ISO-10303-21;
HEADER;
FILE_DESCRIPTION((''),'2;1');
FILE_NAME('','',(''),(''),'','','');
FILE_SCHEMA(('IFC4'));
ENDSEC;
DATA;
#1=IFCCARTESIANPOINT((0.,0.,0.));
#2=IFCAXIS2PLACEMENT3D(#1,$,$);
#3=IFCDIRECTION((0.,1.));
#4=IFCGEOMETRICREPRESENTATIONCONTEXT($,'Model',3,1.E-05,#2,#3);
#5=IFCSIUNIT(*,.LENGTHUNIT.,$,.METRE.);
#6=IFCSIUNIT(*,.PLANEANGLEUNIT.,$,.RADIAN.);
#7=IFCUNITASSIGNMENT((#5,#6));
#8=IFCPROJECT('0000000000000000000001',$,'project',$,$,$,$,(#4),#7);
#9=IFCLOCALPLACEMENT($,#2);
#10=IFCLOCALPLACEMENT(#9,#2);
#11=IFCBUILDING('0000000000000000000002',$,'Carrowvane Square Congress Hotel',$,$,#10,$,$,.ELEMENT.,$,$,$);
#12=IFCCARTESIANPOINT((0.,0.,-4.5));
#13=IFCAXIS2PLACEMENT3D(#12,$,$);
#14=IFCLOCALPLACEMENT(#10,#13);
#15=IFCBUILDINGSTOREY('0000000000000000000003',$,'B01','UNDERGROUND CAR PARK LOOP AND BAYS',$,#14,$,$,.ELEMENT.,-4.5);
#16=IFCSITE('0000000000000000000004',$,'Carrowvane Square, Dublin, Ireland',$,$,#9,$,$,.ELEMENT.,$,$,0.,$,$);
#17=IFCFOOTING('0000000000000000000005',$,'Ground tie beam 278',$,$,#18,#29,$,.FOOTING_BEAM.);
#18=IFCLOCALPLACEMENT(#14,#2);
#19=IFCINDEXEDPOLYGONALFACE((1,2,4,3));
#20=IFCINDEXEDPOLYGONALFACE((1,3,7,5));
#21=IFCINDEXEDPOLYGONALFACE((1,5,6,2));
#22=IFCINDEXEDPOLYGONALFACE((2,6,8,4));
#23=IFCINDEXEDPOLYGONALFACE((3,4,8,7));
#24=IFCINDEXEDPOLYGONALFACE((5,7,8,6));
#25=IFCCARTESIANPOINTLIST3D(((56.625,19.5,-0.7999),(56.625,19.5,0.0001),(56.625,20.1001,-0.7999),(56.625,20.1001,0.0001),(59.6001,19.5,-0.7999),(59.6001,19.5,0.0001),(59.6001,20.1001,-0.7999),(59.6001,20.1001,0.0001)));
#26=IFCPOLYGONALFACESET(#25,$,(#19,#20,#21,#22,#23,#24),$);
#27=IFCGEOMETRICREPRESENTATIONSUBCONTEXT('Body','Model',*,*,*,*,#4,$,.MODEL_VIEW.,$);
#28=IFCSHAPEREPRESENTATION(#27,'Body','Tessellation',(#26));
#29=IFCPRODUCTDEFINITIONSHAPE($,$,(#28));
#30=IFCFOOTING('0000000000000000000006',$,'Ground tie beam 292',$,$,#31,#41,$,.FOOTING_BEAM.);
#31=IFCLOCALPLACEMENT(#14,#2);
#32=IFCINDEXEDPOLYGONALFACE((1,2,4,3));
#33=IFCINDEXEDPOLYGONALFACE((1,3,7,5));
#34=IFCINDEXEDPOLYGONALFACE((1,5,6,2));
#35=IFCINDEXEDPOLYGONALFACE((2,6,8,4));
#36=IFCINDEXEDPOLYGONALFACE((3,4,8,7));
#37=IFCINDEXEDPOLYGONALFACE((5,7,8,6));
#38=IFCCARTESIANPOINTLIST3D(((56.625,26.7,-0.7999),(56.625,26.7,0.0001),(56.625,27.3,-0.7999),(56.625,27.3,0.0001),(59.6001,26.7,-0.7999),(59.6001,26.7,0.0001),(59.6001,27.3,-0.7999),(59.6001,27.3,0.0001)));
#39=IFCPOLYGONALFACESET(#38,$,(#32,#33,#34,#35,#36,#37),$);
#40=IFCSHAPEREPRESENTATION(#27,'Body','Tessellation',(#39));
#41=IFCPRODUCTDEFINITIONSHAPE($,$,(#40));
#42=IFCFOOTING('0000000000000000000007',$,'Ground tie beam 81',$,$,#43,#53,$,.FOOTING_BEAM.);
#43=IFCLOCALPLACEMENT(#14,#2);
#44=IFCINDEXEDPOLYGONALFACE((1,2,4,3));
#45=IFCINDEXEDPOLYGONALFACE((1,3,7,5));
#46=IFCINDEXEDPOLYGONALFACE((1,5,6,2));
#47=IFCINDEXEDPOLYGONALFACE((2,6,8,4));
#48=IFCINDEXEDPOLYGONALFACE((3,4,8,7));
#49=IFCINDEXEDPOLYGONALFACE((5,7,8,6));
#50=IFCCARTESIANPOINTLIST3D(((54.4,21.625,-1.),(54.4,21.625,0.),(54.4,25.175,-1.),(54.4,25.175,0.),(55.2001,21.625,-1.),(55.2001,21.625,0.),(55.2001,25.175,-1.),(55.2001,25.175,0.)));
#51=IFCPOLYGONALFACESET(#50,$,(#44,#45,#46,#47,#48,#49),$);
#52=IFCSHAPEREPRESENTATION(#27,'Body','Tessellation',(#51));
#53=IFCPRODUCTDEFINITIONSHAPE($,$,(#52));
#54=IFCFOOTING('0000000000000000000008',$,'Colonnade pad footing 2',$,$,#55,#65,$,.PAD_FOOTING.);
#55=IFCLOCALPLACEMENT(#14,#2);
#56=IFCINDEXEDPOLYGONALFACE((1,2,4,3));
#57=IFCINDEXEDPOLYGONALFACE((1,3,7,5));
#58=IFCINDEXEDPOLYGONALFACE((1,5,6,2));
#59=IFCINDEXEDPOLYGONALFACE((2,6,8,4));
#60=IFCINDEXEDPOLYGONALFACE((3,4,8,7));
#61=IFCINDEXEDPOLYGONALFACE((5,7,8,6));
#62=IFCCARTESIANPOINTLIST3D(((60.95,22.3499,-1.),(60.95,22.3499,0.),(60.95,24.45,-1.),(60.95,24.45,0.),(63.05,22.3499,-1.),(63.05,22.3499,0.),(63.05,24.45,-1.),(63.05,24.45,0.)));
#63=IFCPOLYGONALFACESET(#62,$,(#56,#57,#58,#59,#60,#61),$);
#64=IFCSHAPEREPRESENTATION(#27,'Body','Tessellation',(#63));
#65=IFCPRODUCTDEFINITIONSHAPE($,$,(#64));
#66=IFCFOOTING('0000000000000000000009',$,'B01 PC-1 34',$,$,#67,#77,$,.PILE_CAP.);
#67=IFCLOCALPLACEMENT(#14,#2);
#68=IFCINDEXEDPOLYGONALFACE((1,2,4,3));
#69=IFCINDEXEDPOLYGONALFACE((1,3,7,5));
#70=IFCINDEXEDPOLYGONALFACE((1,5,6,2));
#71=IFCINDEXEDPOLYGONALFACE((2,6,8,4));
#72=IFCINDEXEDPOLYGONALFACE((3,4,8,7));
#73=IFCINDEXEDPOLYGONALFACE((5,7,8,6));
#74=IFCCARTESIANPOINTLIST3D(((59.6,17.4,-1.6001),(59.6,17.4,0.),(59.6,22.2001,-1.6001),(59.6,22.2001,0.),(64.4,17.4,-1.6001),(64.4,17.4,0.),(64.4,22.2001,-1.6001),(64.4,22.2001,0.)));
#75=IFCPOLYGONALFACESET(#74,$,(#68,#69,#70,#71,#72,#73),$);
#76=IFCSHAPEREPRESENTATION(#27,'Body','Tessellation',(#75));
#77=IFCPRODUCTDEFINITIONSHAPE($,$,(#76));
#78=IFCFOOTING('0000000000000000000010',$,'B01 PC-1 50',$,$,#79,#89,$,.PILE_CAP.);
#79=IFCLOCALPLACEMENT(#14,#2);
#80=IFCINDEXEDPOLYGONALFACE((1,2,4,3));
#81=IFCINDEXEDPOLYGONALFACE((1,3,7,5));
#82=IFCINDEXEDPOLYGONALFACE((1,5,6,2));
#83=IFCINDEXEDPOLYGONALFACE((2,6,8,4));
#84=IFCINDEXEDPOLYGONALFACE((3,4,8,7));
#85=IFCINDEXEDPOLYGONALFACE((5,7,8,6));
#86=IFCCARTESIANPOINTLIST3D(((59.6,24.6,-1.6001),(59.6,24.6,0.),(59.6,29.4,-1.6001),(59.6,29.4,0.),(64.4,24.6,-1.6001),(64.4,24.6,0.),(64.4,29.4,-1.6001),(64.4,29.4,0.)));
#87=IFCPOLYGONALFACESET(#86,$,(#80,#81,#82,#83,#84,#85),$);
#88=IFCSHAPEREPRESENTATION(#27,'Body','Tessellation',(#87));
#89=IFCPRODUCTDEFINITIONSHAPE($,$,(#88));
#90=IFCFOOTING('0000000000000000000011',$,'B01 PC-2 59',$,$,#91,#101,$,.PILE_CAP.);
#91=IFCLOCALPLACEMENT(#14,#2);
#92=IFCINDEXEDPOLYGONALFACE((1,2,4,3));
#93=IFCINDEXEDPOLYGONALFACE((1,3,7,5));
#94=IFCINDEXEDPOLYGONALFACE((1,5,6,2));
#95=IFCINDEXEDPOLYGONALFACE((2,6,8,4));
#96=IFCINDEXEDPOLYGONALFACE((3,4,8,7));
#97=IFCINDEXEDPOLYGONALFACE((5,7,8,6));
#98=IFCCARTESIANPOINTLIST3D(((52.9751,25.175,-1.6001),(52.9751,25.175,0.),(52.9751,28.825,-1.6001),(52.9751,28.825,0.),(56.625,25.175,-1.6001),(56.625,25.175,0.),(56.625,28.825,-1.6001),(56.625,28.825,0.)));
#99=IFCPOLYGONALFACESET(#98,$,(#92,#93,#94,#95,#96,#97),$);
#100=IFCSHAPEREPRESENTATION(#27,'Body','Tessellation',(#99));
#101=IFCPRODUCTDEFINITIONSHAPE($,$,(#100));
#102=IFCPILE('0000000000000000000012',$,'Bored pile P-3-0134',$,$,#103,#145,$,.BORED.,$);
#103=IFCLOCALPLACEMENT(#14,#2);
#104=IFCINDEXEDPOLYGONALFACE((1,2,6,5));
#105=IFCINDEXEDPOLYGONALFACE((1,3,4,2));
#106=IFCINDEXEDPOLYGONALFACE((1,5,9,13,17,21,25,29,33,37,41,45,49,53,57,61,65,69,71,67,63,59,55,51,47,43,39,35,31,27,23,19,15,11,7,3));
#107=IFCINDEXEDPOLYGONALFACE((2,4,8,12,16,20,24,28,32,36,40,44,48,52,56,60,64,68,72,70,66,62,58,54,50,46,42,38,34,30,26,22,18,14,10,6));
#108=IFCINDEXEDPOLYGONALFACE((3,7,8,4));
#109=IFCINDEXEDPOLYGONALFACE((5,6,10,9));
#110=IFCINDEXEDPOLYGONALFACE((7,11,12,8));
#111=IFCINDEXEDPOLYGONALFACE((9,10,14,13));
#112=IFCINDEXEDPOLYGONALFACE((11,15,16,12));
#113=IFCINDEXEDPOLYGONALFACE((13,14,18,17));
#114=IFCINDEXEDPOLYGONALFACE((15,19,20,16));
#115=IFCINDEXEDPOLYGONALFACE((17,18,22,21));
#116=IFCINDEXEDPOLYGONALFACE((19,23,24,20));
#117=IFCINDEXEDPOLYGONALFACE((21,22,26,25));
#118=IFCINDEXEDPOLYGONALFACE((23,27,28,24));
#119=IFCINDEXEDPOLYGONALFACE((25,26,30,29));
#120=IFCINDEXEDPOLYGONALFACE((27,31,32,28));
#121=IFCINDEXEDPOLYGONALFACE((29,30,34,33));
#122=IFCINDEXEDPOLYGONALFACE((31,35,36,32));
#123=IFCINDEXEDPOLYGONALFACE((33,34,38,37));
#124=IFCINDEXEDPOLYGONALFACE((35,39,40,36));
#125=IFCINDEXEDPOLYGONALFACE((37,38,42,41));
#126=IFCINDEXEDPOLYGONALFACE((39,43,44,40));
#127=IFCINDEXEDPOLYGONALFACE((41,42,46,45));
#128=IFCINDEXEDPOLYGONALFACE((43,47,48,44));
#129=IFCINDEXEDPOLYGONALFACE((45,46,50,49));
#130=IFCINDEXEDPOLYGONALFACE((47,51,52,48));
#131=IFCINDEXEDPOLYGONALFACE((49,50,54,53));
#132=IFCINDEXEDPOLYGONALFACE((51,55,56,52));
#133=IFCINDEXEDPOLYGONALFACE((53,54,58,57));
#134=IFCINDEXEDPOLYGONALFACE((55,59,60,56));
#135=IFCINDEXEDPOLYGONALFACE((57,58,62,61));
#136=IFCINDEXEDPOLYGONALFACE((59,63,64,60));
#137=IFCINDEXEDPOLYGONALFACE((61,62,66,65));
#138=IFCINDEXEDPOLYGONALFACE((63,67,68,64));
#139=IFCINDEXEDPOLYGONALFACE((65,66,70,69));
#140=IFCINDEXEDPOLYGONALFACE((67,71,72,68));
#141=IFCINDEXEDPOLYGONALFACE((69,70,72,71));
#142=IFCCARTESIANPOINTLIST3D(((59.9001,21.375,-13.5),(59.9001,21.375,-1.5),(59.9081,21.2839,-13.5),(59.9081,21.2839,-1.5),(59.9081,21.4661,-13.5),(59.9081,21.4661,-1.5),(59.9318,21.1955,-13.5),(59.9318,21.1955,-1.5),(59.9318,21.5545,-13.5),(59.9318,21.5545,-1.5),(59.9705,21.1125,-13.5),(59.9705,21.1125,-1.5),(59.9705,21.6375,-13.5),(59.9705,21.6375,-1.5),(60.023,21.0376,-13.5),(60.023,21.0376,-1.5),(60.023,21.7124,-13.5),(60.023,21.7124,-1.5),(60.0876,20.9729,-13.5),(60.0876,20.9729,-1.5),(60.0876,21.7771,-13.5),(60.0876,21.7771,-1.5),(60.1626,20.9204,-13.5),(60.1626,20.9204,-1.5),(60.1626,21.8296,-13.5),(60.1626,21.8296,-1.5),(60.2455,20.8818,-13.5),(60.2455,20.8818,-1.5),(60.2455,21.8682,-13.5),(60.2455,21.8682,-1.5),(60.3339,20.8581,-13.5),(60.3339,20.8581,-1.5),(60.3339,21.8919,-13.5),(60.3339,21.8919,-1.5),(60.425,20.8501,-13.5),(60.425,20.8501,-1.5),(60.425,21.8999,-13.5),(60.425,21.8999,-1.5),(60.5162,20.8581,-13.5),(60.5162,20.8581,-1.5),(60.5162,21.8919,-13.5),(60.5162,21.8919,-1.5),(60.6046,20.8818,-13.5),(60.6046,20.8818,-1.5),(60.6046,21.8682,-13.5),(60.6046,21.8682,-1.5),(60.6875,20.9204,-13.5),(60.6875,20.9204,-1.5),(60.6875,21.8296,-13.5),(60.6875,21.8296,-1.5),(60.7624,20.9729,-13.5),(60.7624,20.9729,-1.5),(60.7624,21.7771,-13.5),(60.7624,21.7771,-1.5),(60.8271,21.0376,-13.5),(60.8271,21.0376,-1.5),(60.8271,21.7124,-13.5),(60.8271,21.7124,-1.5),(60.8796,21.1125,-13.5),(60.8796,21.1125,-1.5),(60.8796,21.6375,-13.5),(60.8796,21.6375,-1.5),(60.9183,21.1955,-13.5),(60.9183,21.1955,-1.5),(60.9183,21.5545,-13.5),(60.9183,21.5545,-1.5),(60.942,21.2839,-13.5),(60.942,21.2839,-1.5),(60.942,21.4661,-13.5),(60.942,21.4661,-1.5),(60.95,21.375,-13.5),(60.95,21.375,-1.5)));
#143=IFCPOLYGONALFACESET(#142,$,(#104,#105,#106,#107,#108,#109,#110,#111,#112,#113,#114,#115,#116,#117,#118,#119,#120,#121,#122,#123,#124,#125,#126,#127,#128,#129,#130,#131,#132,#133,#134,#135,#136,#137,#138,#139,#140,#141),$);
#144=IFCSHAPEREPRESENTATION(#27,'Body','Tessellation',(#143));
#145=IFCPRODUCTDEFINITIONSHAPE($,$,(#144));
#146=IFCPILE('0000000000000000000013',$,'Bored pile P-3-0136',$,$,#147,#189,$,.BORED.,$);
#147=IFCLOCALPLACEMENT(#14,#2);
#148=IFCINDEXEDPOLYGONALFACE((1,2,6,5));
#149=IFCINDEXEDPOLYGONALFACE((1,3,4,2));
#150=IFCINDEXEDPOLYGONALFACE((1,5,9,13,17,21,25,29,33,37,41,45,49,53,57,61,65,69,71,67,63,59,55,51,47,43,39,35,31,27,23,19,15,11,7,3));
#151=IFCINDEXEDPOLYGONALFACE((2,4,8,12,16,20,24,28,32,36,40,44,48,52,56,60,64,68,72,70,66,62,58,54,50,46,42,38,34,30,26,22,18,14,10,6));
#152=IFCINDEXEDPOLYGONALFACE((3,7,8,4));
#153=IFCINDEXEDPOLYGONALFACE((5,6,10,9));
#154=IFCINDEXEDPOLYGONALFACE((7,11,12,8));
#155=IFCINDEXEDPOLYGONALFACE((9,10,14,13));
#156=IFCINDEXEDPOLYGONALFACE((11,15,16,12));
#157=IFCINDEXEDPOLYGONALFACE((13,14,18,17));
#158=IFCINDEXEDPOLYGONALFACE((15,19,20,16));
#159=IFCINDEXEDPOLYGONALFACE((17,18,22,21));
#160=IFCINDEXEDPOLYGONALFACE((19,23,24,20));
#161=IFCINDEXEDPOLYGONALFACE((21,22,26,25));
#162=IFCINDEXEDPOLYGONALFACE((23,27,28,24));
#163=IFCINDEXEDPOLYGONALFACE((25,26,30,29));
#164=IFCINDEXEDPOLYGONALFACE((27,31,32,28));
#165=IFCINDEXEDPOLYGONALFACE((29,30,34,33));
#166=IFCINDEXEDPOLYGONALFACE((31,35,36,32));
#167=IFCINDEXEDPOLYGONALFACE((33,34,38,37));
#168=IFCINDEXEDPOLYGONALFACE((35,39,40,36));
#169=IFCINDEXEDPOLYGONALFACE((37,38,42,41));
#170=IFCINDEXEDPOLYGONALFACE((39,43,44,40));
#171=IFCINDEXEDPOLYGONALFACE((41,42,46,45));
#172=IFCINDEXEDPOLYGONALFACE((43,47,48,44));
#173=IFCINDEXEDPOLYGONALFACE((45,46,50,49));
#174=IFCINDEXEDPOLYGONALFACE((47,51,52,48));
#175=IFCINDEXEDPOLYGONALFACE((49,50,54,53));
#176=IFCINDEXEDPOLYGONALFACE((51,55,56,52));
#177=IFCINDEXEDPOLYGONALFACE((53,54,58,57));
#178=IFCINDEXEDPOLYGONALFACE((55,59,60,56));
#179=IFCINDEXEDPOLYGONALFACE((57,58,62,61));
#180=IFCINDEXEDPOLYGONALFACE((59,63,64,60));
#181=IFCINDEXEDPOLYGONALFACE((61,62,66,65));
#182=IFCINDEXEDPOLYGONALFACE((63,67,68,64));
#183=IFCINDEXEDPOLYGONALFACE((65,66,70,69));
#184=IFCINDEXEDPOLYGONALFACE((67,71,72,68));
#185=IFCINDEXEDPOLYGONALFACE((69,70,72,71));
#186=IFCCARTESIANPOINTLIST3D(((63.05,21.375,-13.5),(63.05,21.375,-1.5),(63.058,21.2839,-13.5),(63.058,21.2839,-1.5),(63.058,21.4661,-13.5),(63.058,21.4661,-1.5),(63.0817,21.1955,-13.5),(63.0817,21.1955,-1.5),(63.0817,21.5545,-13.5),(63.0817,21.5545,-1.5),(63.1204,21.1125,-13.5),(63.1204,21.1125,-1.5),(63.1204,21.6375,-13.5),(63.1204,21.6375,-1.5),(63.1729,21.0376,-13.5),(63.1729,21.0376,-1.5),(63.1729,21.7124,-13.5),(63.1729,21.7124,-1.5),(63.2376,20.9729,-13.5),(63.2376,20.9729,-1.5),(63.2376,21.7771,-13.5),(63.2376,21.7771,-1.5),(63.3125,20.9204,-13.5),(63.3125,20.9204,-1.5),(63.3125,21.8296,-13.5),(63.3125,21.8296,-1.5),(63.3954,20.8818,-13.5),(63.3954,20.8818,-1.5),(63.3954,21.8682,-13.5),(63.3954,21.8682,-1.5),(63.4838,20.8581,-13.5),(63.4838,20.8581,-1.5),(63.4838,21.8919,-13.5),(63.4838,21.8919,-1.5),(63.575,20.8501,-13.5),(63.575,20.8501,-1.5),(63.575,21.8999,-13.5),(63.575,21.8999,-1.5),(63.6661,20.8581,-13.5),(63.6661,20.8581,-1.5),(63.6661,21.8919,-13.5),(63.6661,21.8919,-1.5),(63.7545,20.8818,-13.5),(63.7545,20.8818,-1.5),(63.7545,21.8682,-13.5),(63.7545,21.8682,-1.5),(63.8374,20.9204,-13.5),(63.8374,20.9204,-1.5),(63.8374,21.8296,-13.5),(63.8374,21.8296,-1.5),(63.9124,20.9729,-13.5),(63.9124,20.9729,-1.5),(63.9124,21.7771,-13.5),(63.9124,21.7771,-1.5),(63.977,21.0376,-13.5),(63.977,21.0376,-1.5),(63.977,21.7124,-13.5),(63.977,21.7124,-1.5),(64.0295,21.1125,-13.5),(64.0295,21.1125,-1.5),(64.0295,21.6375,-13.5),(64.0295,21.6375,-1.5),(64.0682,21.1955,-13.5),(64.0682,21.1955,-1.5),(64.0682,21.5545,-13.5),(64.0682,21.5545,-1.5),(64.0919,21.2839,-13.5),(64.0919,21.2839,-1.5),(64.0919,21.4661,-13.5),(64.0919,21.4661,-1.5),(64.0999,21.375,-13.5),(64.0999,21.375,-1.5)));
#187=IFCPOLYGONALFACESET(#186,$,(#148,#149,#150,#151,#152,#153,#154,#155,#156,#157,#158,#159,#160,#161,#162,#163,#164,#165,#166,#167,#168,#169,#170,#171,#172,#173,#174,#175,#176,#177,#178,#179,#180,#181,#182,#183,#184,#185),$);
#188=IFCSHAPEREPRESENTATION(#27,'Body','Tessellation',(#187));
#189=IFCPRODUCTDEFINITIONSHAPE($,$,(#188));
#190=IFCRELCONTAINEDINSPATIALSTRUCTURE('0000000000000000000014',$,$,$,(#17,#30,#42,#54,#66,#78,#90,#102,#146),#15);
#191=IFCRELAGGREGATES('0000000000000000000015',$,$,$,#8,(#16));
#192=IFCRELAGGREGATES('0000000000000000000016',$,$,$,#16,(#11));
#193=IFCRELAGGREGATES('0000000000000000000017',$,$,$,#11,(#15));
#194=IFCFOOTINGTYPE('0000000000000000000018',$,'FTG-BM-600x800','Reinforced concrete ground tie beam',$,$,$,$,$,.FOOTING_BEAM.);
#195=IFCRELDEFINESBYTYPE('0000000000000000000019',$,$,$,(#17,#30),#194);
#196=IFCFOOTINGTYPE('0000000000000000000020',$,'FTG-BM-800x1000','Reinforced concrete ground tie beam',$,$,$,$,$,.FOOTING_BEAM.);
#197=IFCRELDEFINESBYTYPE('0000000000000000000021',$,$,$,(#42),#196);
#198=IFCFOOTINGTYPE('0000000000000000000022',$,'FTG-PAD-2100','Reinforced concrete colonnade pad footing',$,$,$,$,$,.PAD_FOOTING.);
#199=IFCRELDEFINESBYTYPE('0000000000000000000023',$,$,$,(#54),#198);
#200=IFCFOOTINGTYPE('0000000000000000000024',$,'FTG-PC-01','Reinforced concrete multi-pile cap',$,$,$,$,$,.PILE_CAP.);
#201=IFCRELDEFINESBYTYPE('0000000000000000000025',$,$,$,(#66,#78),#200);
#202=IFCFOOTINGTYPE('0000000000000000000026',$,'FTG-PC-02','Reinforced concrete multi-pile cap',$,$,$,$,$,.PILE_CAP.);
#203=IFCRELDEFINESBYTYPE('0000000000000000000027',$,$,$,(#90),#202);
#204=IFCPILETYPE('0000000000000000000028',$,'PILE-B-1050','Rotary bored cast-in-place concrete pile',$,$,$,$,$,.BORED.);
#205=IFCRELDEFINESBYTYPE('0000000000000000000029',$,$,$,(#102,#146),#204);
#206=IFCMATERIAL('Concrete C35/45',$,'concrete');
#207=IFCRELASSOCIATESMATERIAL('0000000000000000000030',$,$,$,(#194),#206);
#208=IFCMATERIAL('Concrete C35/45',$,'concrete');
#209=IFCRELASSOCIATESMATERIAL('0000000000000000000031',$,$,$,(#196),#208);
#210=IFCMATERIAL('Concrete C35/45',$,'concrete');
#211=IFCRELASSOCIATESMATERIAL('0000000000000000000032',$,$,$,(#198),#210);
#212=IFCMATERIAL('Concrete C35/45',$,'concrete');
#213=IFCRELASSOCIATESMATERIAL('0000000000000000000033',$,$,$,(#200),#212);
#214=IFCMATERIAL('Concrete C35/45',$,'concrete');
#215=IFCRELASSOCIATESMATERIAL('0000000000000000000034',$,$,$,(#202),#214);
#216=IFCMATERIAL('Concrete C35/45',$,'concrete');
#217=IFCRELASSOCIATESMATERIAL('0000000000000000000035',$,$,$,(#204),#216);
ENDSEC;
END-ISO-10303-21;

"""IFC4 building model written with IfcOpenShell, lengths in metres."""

from ifc_helpers import new_model, si_unit, direction, frame, origin, origin_2d, place, context, subcontext, project, spatial, rectangle, circle, extrude, material, material_profile, profile_set, type_object, element, save


model = new_model("IFC4")

# Units and contexts
model_context = context("Model", 3, precision=1e-05, world=origin(), true_north=direction((0.0, 1.0)))
body_context = subcontext(model_context, "Body", "Model", "MODEL_VIEW")
ifc_project = project(units=[si_unit("LENGTHUNIT", "METRE"), si_unit("PLANEANGLEUNIT", "RADIAN")], contexts=[model_context])

# Site, building, storey
site_placement = place(None, origin())
site = spatial("IfcSite", under=ifc_project, at=site_placement, Name="Carrowvane Square, Dublin, Ireland", CompositionType="ELEMENT", RefElevation=0.0)
building_placement = place(site_placement, origin())
building = spatial("IfcBuilding", under=site, at=building_placement, Name="Carrowvane Square Congress Hotel", CompositionType="ELEMENT")
storey_placement = place(building_placement, frame((0.0, 0.0, -4.5)))
storey = spatial("IfcBuildingStorey", under=building, at=storey_placement, Name="B01", Description="UNDERGROUND CAR PARK LOOP AND BAYS", CompositionType="ELEMENT", Elevation=-4.5)

# Footings
ifc_material_1 = material(Name="Concrete C35/45", Category="concrete")
ifc_material_profile_1 = material_profile(ifc_material_1, rectangle(XDim=0.6001, YDim=0.8, at=origin_2d()), Name="RC 600x800")
ifc_profile_set_1 = profile_set([ifc_material_profile_1], Name="Concrete C35/45")
footing_type_1 = type_object("IfcFootingType", Name="FTG-BM-600x800", Description="Reinforced concrete ground tie beam", PredefinedType="FOOTING_BEAM", material=ifc_profile_set_1)
for number, where, z_axis, x_axis, name in (
    (1, (56.625, 19.8, -0.3999), (1.0, 0.0, 0.0), (0.0, 1.0, 0.0), "Ground tie beam 278"),
    (2, (56.625, 27.0, -0.3999), (1.0, 0.0, 0.0), (0.0, 1.0, 0.0), "Ground tie beam 292"),
):
    element("IfcFooting", number, at=place(storey_placement, frame(where, z_axis=z_axis, x_axis=x_axis)), inside=storey, type_object=footing_type_1, Name=name, PredefinedType="FOOTING_BEAM", context=body_context, shape_type="SweptSolid", body=[
        extrude(rectangle(XDim=0.6001, YDim=0.8, at=origin_2d()), origin(), (0.0, 0.0, 1.0), 2.9751),
    ])
ifc_material_2 = material(Name="Concrete C35/45", Category="concrete")
ifc_material_profile_2 = material_profile(ifc_material_2, rectangle(XDim=0.8, YDim=1.0, at=origin_2d()), Name="RC 800x1000")
ifc_profile_set_2 = profile_set([ifc_material_profile_2], Name="Concrete C35/45")
footing_type_2 = type_object("IfcFootingType", Name="FTG-BM-800x1000", Description="Reinforced concrete ground tie beam", PredefinedType="FOOTING_BEAM", material=ifc_profile_set_2)
footing_1_placement = place(storey_placement, frame((54.8, 21.625, -0.5), z_axis=(0.0, 1.0, 0.0), x_axis=(-1.0, 0.0, 0.0)))
element("IfcFooting", 3, at=footing_1_placement, inside=storey, type_object=footing_type_2, Name="Ground tie beam 81", PredefinedType="FOOTING_BEAM", context=body_context, shape_type="SweptSolid", body=[
    extrude(rectangle(XDim=0.8, YDim=1.0, at=origin_2d()), origin(), (0.0, 0.0, 1.0), 3.55),
])
ifc_material_3 = material(Name="Concrete C35/45", Category="concrete")
footing_type_3 = type_object("IfcFootingType", Name="FTG-PAD-2100", Description="Reinforced concrete colonnade pad footing", PredefinedType="PAD_FOOTING", material=ifc_material_3)
footing_2_placement = place(storey_placement, frame((62.0, 23.3999, -1.0), z_axis=(0.0, 0.0, 1.0), x_axis=(1.0, 0.0, 0.0)))
element("IfcFooting", 4, at=footing_2_placement, inside=storey, type_object=footing_type_3, Name="Colonnade pad footing 2", PredefinedType="PAD_FOOTING", context=body_context, shape_type="SweptSolid", body=[
    extrude(rectangle(XDim=2.1001, YDim=2.1001, at=origin_2d()), origin(), (0.0, 0.0, 1.0), 1.0),
])
ifc_material_4 = material(Name="Concrete C35/45", Category="concrete")
footing_type_4 = type_object("IfcFootingType", Name="FTG-PC-01", Description="Reinforced concrete multi-pile cap", PredefinedType="PILE_CAP", material=ifc_material_4)
for number, where, z_axis, x_axis, name in (
    (5, (62.0, 19.8, -1.6001), (0.0, 0.0, 1.0), (1.0, 0.0, 0.0), "B01 PC-1 34"),
    (6, (62.0, 27.0, -1.6001), (0.0, 0.0, 1.0), (1.0, 0.0, 0.0), "B01 PC-1 50"),
):
    element("IfcFooting", number, at=place(storey_placement, frame(where, z_axis=z_axis, x_axis=x_axis)), inside=storey, type_object=footing_type_4, Name=name, PredefinedType="PILE_CAP", context=body_context, shape_type="SweptSolid", body=[
        extrude(rectangle(XDim=4.8, YDim=4.8, at=origin_2d()), origin(), (0.0, 0.0, 1.0), 1.6001),
    ])
ifc_material_5 = material(Name="Concrete C35/45", Category="concrete")
footing_type_5 = type_object("IfcFootingType", Name="FTG-PC-02", Description="Reinforced concrete multi-pile cap", PredefinedType="PILE_CAP", material=ifc_material_5)
footing_3_placement = place(storey_placement, frame((54.8, 27.0, -1.6001), z_axis=(0.0, 0.0, 1.0), x_axis=(1.0, 0.0, 0.0)))
element("IfcFooting", 7, at=footing_3_placement, inside=storey, type_object=footing_type_5, Name="B01 PC-2 59", PredefinedType="PILE_CAP", context=body_context, shape_type="SweptSolid", body=[
    extrude(rectangle(XDim=3.6499, YDim=3.6499, at=origin_2d()), origin(), (0.0, 0.0, 1.0), 1.6001),
])

# Piles
ifc_material_6 = material(Name="Concrete C35/45", Category="concrete")
ifc_material_profile_3 = material_profile(ifc_material_6, circle(Radius=0.5249, at=origin_2d()), Name="PILE D1050")
ifc_profile_set_3 = profile_set([ifc_material_profile_3], Name="Concrete C35/45")
pile_type_1 = type_object("IfcPileType", Name="PILE-B-1050", Description="Rotary bored cast-in-place concrete pile", PredefinedType="BORED", material=ifc_profile_set_3)
for number, where, z_axis, x_axis, name in (
    (8, (60.425, 21.375, -1.5), (0.0, 0.0, -1.0), (1.0, 0.0, 0.0), "Bored pile P-3-0134"),
    (9, (63.575, 21.375, -1.5), (0.0, 0.0, -1.0), (1.0, 0.0, 0.0), "Bored pile P-3-0136"),
):
    element("IfcPile", number, at=place(storey_placement, frame(where, z_axis=z_axis, x_axis=x_axis)), inside=storey, type_object=pile_type_1, Name=name, PredefinedType="BORED", context=body_context, shape_type="SweptSolid", body=[
        extrude(circle(Radius=0.5249, at=origin_2d()), origin(), (0.0, 0.0, 1.0), 12.0),
    ])

save(model, "model.ifc")
